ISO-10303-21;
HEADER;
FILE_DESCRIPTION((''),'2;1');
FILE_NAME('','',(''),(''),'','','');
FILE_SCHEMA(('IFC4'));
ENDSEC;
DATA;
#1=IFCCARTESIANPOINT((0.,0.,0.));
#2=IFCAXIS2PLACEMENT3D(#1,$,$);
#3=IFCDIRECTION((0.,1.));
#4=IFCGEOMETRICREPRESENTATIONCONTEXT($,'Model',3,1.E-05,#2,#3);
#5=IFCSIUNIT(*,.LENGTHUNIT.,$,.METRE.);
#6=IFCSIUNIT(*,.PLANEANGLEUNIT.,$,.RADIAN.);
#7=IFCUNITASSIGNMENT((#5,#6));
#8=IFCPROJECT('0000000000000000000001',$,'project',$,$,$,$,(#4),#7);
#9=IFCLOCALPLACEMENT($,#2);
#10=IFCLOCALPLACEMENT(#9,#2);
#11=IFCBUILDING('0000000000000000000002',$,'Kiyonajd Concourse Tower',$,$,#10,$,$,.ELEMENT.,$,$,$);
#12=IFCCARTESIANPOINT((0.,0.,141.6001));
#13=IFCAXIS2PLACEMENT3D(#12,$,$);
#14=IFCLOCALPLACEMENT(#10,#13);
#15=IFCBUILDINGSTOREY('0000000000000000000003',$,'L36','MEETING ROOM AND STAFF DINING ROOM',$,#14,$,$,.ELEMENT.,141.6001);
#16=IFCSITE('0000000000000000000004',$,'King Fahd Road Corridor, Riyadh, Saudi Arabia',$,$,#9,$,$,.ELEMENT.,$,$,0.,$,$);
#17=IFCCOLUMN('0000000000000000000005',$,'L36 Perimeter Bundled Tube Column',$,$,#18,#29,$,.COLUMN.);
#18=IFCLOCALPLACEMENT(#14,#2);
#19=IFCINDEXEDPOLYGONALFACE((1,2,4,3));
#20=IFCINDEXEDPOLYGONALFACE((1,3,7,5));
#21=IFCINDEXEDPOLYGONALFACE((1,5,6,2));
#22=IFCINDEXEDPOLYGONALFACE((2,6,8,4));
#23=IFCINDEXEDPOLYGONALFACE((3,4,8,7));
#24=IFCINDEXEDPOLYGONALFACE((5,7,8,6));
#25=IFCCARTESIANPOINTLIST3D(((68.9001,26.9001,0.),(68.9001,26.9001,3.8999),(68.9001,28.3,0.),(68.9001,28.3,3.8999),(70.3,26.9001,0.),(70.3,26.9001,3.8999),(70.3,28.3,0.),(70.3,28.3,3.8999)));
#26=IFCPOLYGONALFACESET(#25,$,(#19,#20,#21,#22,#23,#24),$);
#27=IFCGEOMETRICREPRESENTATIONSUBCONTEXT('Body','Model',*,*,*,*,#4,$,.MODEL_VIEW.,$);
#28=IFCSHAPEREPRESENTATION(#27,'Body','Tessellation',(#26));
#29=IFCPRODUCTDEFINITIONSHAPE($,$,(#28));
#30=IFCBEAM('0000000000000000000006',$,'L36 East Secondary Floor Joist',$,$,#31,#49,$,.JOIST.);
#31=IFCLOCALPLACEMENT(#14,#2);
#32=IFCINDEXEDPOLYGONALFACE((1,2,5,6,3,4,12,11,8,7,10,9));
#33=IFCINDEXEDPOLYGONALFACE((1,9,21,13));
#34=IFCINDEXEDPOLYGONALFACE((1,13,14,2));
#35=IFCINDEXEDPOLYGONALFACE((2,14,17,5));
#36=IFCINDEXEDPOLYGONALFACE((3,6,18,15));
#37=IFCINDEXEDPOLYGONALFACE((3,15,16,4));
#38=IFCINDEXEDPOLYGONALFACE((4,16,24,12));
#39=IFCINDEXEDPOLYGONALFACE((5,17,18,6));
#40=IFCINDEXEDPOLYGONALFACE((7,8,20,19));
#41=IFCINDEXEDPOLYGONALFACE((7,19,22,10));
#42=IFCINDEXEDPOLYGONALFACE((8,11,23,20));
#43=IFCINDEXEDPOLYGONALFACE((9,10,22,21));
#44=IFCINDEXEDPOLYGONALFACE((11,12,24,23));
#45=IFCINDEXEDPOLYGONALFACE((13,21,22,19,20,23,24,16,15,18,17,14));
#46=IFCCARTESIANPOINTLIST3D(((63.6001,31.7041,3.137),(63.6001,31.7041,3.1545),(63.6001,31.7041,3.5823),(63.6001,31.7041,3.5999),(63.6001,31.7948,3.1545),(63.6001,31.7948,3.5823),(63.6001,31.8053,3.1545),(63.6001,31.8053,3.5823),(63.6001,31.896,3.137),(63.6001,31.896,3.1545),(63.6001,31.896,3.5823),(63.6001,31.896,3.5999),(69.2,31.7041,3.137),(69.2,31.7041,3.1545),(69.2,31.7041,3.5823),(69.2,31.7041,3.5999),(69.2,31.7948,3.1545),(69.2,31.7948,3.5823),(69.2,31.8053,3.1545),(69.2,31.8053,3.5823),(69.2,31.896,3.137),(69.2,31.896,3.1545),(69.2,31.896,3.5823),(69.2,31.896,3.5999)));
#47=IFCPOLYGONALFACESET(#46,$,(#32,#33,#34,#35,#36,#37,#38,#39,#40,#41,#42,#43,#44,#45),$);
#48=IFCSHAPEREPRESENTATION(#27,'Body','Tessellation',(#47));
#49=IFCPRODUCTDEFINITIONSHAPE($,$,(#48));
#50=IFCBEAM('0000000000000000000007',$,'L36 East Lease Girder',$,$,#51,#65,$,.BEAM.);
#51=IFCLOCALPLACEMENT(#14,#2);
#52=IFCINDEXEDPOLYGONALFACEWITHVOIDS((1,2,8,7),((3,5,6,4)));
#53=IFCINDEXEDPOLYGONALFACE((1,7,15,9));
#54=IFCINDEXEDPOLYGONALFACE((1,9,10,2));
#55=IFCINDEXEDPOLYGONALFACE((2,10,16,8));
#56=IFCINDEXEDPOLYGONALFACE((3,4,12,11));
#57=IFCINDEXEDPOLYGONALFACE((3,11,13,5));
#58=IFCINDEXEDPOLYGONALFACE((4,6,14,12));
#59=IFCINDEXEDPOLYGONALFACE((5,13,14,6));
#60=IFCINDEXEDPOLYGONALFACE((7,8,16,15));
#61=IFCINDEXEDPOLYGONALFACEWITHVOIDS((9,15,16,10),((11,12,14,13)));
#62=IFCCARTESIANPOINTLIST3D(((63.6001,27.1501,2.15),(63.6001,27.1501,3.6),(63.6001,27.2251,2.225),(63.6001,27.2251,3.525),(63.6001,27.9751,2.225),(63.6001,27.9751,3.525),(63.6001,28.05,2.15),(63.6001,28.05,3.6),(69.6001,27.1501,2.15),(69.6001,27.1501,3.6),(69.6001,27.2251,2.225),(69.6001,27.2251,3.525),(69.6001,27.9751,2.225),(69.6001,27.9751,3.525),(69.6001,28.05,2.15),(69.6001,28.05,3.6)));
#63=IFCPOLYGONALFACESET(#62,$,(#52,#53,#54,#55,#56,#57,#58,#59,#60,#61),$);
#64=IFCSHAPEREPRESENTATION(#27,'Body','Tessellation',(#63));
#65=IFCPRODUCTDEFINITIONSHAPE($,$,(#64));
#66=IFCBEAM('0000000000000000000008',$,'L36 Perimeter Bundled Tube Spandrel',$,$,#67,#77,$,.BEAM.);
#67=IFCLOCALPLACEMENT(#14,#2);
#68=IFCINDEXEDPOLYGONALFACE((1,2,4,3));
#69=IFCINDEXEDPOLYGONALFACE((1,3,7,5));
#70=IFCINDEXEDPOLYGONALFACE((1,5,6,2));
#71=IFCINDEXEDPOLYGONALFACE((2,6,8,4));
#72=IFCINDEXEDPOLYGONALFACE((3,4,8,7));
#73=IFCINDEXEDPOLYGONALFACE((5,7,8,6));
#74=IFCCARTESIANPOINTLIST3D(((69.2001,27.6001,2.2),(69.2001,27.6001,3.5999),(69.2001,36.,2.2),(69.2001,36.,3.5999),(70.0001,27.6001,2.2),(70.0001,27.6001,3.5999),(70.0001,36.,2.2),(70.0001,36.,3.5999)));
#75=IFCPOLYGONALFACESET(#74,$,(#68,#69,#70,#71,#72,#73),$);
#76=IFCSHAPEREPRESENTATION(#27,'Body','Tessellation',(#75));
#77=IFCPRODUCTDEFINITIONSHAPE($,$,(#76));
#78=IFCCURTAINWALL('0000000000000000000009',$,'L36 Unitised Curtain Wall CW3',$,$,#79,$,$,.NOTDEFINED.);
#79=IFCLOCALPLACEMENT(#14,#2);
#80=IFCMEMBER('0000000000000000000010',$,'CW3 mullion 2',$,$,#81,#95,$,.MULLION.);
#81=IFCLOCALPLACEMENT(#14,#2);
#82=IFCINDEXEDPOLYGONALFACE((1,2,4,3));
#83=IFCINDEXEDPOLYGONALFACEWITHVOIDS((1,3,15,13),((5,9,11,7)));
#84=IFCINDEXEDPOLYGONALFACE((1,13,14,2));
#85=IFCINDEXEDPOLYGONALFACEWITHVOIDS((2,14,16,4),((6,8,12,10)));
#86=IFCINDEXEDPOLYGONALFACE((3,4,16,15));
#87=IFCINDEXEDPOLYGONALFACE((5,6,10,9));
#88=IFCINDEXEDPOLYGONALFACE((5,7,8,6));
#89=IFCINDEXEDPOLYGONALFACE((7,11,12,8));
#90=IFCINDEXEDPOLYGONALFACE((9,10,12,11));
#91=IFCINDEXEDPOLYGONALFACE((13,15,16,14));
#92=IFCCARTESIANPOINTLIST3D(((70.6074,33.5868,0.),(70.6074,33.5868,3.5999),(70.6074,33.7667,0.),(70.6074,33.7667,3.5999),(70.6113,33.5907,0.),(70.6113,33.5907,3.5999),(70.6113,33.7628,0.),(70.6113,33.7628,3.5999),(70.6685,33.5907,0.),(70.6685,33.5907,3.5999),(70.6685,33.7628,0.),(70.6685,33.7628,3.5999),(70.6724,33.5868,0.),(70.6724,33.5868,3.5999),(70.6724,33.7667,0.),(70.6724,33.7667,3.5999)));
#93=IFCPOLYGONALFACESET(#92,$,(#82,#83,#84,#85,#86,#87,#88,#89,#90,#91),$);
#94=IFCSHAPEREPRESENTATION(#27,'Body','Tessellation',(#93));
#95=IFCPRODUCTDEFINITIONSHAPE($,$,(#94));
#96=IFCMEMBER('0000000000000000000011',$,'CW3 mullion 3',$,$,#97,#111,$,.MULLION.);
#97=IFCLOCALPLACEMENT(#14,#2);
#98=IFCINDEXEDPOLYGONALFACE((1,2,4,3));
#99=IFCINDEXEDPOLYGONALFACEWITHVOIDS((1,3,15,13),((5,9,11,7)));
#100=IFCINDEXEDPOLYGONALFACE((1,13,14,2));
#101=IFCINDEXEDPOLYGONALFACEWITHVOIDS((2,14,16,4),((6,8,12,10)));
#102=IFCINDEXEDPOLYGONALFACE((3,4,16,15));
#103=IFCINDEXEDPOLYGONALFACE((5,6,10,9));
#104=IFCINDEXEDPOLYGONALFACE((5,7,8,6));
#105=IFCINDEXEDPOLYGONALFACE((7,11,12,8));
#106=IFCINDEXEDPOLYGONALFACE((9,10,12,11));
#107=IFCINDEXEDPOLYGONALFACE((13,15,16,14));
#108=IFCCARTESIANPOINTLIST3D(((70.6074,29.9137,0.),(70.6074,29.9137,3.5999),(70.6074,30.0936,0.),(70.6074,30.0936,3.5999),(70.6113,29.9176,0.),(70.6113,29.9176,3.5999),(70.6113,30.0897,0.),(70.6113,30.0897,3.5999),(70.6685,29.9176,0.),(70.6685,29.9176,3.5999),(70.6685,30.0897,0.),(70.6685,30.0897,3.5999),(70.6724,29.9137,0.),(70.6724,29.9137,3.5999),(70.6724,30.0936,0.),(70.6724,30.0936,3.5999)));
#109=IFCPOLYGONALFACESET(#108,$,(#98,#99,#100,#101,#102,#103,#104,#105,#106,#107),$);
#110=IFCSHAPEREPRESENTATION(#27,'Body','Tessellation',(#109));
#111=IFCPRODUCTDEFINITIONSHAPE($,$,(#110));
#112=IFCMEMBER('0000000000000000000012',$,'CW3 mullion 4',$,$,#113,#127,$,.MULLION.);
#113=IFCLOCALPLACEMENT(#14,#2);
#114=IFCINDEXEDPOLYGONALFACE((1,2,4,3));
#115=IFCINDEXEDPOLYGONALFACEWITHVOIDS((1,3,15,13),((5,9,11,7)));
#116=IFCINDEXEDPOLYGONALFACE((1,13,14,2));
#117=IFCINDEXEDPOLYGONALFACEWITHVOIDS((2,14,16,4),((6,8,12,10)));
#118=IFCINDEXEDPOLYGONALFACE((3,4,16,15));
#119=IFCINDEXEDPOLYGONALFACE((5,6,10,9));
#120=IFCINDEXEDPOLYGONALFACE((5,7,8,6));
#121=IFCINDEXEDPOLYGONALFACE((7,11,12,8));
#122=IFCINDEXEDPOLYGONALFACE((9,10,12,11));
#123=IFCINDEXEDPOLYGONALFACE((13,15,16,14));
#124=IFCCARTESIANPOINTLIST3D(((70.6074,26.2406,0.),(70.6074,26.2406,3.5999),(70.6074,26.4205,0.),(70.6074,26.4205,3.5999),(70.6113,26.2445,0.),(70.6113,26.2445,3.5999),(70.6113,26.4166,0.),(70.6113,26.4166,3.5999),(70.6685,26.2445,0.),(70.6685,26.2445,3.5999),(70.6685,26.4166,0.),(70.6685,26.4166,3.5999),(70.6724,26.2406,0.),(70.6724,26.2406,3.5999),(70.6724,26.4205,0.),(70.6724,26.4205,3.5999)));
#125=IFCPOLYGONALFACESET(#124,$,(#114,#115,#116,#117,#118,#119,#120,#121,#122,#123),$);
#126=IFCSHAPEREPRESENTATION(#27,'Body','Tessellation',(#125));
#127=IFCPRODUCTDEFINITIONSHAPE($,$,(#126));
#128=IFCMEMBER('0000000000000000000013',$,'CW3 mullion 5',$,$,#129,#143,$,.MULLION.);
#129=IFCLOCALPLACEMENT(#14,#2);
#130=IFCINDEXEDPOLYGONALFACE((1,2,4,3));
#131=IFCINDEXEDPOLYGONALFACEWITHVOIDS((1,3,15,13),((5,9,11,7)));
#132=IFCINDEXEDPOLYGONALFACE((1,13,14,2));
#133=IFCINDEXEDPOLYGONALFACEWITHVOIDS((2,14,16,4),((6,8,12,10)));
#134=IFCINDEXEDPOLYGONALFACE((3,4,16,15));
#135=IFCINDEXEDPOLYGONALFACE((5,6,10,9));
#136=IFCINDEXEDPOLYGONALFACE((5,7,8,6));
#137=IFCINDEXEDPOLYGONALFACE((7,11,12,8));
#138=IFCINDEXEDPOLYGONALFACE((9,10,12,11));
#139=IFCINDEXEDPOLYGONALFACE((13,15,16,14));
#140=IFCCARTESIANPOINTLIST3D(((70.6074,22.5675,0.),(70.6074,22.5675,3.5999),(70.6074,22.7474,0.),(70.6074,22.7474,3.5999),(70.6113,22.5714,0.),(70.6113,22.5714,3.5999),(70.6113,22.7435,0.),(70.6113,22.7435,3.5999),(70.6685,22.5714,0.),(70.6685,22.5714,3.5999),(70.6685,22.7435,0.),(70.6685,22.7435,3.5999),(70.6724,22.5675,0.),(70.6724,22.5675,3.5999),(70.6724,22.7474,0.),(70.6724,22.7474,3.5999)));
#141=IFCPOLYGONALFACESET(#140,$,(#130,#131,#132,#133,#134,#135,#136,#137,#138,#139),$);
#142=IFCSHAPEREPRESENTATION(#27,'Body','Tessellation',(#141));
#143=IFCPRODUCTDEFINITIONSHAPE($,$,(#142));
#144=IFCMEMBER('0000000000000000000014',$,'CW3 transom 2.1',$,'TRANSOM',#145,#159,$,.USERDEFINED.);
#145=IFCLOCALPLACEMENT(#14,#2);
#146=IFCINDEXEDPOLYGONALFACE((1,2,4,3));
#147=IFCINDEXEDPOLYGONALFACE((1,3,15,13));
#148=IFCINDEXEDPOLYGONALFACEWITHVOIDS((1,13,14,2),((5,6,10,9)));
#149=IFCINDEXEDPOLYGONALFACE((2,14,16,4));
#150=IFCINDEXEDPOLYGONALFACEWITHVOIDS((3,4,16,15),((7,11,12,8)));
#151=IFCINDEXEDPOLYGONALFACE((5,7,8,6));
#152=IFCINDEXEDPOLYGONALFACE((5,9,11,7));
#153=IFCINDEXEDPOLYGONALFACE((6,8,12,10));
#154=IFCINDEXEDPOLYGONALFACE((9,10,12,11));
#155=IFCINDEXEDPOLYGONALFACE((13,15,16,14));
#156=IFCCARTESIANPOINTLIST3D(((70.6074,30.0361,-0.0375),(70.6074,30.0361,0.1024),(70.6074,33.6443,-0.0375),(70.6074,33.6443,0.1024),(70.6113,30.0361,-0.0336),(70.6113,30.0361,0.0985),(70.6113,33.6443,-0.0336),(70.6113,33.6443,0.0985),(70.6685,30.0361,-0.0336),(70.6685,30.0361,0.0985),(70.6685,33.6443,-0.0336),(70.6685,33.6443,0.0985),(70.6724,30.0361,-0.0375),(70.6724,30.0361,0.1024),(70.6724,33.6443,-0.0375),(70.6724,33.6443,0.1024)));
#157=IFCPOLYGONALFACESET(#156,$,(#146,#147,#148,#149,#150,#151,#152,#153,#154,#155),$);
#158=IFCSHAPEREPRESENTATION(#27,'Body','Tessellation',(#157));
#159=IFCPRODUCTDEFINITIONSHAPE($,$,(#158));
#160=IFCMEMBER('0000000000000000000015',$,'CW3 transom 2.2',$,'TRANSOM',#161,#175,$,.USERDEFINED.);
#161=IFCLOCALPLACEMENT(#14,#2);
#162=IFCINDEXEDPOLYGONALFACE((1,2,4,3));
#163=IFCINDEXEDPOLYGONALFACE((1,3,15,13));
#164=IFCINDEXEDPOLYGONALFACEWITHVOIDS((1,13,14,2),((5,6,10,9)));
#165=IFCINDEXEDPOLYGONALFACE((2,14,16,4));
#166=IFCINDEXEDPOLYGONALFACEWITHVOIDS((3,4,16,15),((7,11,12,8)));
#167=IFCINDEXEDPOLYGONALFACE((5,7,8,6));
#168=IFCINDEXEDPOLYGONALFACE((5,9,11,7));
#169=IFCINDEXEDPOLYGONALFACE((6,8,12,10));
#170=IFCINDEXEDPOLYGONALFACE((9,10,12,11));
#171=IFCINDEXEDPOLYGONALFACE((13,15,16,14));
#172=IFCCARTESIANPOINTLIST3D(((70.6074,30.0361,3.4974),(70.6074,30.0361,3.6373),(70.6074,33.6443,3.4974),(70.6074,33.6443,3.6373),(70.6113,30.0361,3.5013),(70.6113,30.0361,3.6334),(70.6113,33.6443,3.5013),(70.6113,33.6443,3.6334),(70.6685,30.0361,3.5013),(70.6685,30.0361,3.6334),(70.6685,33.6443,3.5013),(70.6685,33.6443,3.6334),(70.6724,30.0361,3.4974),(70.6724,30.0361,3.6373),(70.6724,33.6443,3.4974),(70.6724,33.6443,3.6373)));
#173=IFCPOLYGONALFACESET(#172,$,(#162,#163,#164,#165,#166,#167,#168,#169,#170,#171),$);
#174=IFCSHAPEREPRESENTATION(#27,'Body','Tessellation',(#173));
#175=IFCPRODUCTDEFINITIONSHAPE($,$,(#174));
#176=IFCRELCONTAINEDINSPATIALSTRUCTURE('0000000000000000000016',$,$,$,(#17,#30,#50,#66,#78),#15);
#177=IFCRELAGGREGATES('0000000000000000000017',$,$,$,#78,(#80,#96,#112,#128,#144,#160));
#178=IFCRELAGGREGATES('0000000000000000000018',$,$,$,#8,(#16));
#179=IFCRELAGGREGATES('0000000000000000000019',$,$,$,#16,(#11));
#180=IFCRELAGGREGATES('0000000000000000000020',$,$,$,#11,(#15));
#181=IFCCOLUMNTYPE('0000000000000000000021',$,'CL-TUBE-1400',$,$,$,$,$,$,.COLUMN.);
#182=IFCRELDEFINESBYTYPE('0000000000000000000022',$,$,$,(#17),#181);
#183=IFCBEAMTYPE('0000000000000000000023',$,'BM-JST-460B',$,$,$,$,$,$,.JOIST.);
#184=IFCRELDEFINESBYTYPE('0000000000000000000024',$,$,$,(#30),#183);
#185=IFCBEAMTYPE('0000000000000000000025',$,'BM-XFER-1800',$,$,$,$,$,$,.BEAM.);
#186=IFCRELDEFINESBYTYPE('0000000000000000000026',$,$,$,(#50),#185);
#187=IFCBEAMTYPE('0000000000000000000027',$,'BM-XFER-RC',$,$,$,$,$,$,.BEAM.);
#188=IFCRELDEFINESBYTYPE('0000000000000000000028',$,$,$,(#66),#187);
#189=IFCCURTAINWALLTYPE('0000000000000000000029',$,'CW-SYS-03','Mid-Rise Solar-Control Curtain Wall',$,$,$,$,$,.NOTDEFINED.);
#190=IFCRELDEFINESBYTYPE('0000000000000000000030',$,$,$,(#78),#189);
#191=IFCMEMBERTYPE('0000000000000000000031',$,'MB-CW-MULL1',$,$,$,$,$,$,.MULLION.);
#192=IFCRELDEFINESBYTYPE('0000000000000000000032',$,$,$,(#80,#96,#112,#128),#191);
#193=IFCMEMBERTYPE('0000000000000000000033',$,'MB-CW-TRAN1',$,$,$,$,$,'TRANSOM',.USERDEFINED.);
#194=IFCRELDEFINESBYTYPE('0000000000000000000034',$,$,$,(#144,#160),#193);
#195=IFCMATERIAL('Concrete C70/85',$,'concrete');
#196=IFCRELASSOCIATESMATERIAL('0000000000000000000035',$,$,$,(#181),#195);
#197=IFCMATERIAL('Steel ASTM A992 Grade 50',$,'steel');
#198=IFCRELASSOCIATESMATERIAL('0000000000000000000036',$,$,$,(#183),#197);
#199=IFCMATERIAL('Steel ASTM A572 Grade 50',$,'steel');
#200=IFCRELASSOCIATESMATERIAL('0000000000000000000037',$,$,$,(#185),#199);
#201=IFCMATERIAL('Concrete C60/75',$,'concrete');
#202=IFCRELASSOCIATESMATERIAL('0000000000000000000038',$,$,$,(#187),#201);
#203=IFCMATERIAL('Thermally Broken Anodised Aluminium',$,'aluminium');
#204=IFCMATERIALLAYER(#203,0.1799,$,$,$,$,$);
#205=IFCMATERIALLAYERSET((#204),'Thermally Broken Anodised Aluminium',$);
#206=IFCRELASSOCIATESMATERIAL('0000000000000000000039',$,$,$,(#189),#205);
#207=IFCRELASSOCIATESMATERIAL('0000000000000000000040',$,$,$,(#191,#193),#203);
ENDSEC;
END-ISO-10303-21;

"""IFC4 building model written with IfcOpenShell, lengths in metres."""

from ifc_helpers import new_model, si_unit, direction, frame, origin, origin_2d, place, context, subcontext, project, spatial, rectangle, hollow_rectangle, i_section, extrude, material, layer, layer_set, material_profile, profile_set, type_object, element, aggregate, save


model = new_model("IFC4")

# Units and contexts
model_context = context("Model", 3, precision=1e-05, world=origin(), true_north=direction((0.0, 1.0)))
body_context = subcontext(model_context, "Body", "Model", "MODEL_VIEW")
ifc_project = project(units=[si_unit("LENGTHUNIT", "METRE"), si_unit("PLANEANGLEUNIT", "RADIAN")], contexts=[model_context])

# Site, building, storey
site_placement = place(None, origin())
site = spatial("IfcSite", under=ifc_project, at=site_placement, Name="King Fahd Road Corridor, Riyadh, Saudi Arabia", CompositionType="ELEMENT", RefElevation=0.0)
building_placement = place(site_placement, origin())
building = spatial("IfcBuilding", under=site, at=building_placement, Name="Kiyonajd Concourse Tower", CompositionType="ELEMENT")
storey_placement = place(building_placement, frame((0.0, 0.0, 141.6001)))
storey = spatial("IfcBuildingStorey", under=building, at=storey_placement, Name="L36", Description="MEETING ROOM AND STAFF DINING ROOM", CompositionType="ELEMENT", Elevation=141.6001)

# Column
ifc_material_1 = material(Name="Concrete C70/85", Category="concrete")
ifc_material_profile_1 = material_profile(ifc_material_1, rectangle(XDim=1.3999, YDim=1.3999, at=origin_2d()), Name="RC-1400x1400")
ifc_profile_set_1 = profile_set([ifc_material_profile_1], Name="Concrete C70/85")
column_type = type_object("IfcColumnType", Name="CL-TUBE-1400", PredefinedType="COLUMN", material=ifc_profile_set_1)
column_placement = place(storey_placement, frame((69.6001, 27.6001, 0.0), z_axis=(0.0, 0.0, 1.0), x_axis=(1.0, 0.0, 0.0)))
element("IfcColumn", 1, at=column_placement, inside=storey, type_object=column_type, Name="L36 Perimeter Bundled Tube Column", PredefinedType="COLUMN", context=body_context, shape_type="SweptSolid", body=[
    extrude(rectangle(XDim=1.3999, YDim=1.3999, at=origin_2d()), origin(), (0.0, 0.0, 1.0), 3.8999),
])

# Beams
ifc_material_2 = material(Name="Steel ASTM A992 Grade 50", Category="steel")
ifc_material_profile_2 = material_profile(ifc_material_2, i_section(OverallWidth=0.1919, OverallDepth=0.4629, WebThickness=0.0105, FlangeThickness=0.0176, at=origin_2d()), Name="W460X89")
ifc_profile_set_2 = profile_set([ifc_material_profile_2], Name="Steel ASTM A992 Grade 50")
beam_type_1 = type_object("IfcBeamType", Name="BM-JST-460B", PredefinedType="JOIST", material=ifc_profile_set_2)
beam_1_placement = place(storey_placement, frame((63.6001, 31.8, 3.3684), z_axis=(1.0, 0.0, 0.0), x_axis=(0.0, 1.0, 0.0)))
element("IfcBeam", 2, at=beam_1_placement, inside=storey, type_object=beam_type_1, Name="L36 East Secondary Floor Joist", PredefinedType="JOIST", context=body_context, shape_type="SweptSolid", body=[
    extrude(i_section(OverallWidth=0.1919, OverallDepth=0.4629, WebThickness=0.0105, FlangeThickness=0.0176, at=origin_2d()), origin(), (0.0, 0.0, 1.0), 5.5999),
])
ifc_material_3 = material(Name="Steel ASTM A572 Grade 50", Category="steel")
ifc_material_profile_3 = material_profile(ifc_material_3, hollow_rectangle(XDim=0.8999, YDim=1.45, WallThickness=0.075, at=origin_2d()), Name="BOX-1450x900x75")
ifc_profile_set_3 = profile_set([ifc_material_profile_3], Name="Steel ASTM A572 Grade 50")
beam_type_2 = type_object("IfcBeamType", Name="BM-XFER-1800", PredefinedType="BEAM", material=ifc_profile_set_3)
beam_2_placement = place(storey_placement, frame((63.6001, 27.6001, 2.875), z_axis=(1.0, 0.0, 0.0), x_axis=(0.0, 1.0, 0.0)))
element("IfcBeam", 3, at=beam_2_placement, inside=storey, type_object=beam_type_2, Name="L36 East Lease Girder", PredefinedType="BEAM", context=body_context, shape_type="SweptSolid", body=[
    extrude(hollow_rectangle(XDim=0.8999, YDim=1.45, WallThickness=0.075, at=origin_2d()), origin(), (0.0, 0.0, 1.0), 6.0),
])
ifc_material_4 = material(Name="Concrete C60/75", Category="concrete")
ifc_material_profile_4 = material_profile(ifc_material_4, rectangle(XDim=0.8, YDim=1.3999, at=origin_2d()), Name="RCBM-800x1400")
ifc_profile_set_4 = profile_set([ifc_material_profile_4], Name="Concrete C60/75")
beam_type_3 = type_object("IfcBeamType", Name="BM-XFER-RC", PredefinedType="BEAM", material=ifc_profile_set_4)
beam_3_placement = place(storey_placement, frame((69.6001, 27.6001, 2.8999), z_axis=(0.0, 1.0, 0.0), x_axis=(-1.0, 0.0, 0.0)))
element("IfcBeam", 4, at=beam_3_placement, inside=storey, type_object=beam_type_3, Name="L36 Perimeter Bundled Tube Spandrel", PredefinedType="BEAM", context=body_context, shape_type="SweptSolid", body=[
    extrude(rectangle(XDim=0.8, YDim=1.3999, at=origin_2d()), origin(), (0.0, 0.0, 1.0), 8.3999),
])

# Curtain wall, members
ifc_material_5 = material(Name="Thermally Broken Anodised Aluminium", Category="aluminium")
ifc_layer_1 = layer(ifc_material_5, 0.1799)
ifc_layer_set_1 = layer_set([ifc_layer_1], Name="Thermally Broken Anodised Aluminium")
curtain_wall_type = type_object("IfcCurtainWallType", Name="CW-SYS-03", Description="Mid-Rise Solar-Control Curtain Wall", PredefinedType="NOTDEFINED", material=ifc_layer_set_1)
curtain_wall_placement = place(storey_placement, origin())
curtain_wall = element("IfcCurtainWall", 5, at=curtain_wall_placement, inside=storey, type_object=curtain_wall_type, Name="L36 Unitised Curtain Wall CW3", PredefinedType="NOTDEFINED")
ifc_material_profile_5 = material_profile(ifc_material_5, hollow_rectangle(XDim=0.0649, YDim=0.1799, WallThickness=0.0039, at=origin_2d()), Name="MULL-65x180")
ifc_profile_set_5 = profile_set([ifc_material_profile_5], Name="Thermally Broken Anodised Aluminium")
member_type_1 = type_object("IfcMemberType", Name="MB-CW-MULL1", PredefinedType="MULLION", material=ifc_profile_set_5)
member_1_placement = place(storey_placement, frame((70.6399, 33.6768, 0.0), z_axis=(0.0, 0.0, 1.0), x_axis=(1.0, 0.0, 0.0)))
member_1 = element("IfcMember", 6, at=member_1_placement, type_object=member_type_1, Name="CW3 mullion 2", PredefinedType="MULLION", context=body_context, shape_type="SweptSolid", body=[
    extrude(hollow_rectangle(XDim=0.0649, YDim=0.1799, WallThickness=0.0039, at=origin_2d()), origin(), (0.0, 0.0, 1.0), 3.5999),
])
member_2_placement = place(storey_placement, frame((70.6399, 30.0037, 0.0), z_axis=(0.0, 0.0, 1.0), x_axis=(1.0, 0.0, 0.0)))
member_2 = element("IfcMember", 7, at=member_2_placement, type_object=member_type_1, Name="CW3 mullion 3", PredefinedType="MULLION", context=body_context, shape_type="SweptSolid", body=[
    extrude(hollow_rectangle(XDim=0.0649, YDim=0.1799, WallThickness=0.0039, at=origin_2d()), origin(), (0.0, 0.0, 1.0), 3.5999),
])
member_3_placement = place(storey_placement, frame((70.6399, 26.3306, 0.0), z_axis=(0.0, 0.0, 1.0), x_axis=(1.0, 0.0, 0.0)))
member_3 = element("IfcMember", 8, at=member_3_placement, type_object=member_type_1, Name="CW3 mullion 4", PredefinedType="MULLION", context=body_context, shape_type="SweptSolid", body=[
    extrude(hollow_rectangle(XDim=0.0649, YDim=0.1799, WallThickness=0.0039, at=origin_2d()), origin(), (0.0, 0.0, 1.0), 3.5999),
])
member_4_placement = place(storey_placement, frame((70.6399, 22.6575, 0.0), z_axis=(0.0, 0.0, 1.0), x_axis=(1.0, 0.0, 0.0)))
member_4 = element("IfcMember", 9, at=member_4_placement, type_object=member_type_1, Name="CW3 mullion 5", PredefinedType="MULLION", context=body_context, shape_type="SweptSolid", body=[
    extrude(hollow_rectangle(XDim=0.0649, YDim=0.1799, WallThickness=0.0039, at=origin_2d()), origin(), (0.0, 0.0, 1.0), 3.5999),
])
ifc_material_profile_6 = material_profile(ifc_material_5, hollow_rectangle(XDim=0.0649, YDim=0.1399, WallThickness=0.0039, at=origin_2d()), Name="TRAN-65x140")
ifc_profile_set_6 = profile_set([ifc_material_profile_6], Name="Thermally Broken Anodised Aluminium")
member_type_2 = type_object("IfcMemberType", Name="MB-CW-TRAN1", ElementType="TRANSOM", PredefinedType="USERDEFINED", material=ifc_profile_set_6)
member_5_placement = place(storey_placement, frame((70.6399, 33.6443, 0.0325), z_axis=(0.0, -1.0, 0.0), x_axis=(1.0, 0.0, 0.0)))
member_5 = element("IfcMember", 10, at=member_5_placement, type_object=member_type_2, Name="CW3 transom 2.1", ObjectType="TRANSOM", PredefinedType="USERDEFINED", context=body_context, shape_type="SweptSolid", body=[
    extrude(hollow_rectangle(XDim=0.0649, YDim=0.1399, WallThickness=0.0039, at=origin_2d()), origin(), (0.0, 0.0, 1.0), 3.6082),
])
member_6_placement = place(storey_placement, frame((70.6399, 33.6443, 3.5674), z_axis=(0.0, -1.0, 0.0), x_axis=(1.0, 0.0, 0.0)))
member_6 = element("IfcMember", 11, at=member_6_placement, type_object=member_type_2, Name="CW3 transom 2.2", ObjectType="TRANSOM", PredefinedType="USERDEFINED", context=body_context, shape_type="SweptSolid", body=[
    extrude(hollow_rectangle(XDim=0.0649, YDim=0.1399, WallThickness=0.0039, at=origin_2d()), origin(), (0.0, 0.0, 1.0), 3.6082),
])

aggregate(curtain_wall, [member_1, member_2, member_3, member_4, member_5, member_6])

save(model, "model.ifc")
